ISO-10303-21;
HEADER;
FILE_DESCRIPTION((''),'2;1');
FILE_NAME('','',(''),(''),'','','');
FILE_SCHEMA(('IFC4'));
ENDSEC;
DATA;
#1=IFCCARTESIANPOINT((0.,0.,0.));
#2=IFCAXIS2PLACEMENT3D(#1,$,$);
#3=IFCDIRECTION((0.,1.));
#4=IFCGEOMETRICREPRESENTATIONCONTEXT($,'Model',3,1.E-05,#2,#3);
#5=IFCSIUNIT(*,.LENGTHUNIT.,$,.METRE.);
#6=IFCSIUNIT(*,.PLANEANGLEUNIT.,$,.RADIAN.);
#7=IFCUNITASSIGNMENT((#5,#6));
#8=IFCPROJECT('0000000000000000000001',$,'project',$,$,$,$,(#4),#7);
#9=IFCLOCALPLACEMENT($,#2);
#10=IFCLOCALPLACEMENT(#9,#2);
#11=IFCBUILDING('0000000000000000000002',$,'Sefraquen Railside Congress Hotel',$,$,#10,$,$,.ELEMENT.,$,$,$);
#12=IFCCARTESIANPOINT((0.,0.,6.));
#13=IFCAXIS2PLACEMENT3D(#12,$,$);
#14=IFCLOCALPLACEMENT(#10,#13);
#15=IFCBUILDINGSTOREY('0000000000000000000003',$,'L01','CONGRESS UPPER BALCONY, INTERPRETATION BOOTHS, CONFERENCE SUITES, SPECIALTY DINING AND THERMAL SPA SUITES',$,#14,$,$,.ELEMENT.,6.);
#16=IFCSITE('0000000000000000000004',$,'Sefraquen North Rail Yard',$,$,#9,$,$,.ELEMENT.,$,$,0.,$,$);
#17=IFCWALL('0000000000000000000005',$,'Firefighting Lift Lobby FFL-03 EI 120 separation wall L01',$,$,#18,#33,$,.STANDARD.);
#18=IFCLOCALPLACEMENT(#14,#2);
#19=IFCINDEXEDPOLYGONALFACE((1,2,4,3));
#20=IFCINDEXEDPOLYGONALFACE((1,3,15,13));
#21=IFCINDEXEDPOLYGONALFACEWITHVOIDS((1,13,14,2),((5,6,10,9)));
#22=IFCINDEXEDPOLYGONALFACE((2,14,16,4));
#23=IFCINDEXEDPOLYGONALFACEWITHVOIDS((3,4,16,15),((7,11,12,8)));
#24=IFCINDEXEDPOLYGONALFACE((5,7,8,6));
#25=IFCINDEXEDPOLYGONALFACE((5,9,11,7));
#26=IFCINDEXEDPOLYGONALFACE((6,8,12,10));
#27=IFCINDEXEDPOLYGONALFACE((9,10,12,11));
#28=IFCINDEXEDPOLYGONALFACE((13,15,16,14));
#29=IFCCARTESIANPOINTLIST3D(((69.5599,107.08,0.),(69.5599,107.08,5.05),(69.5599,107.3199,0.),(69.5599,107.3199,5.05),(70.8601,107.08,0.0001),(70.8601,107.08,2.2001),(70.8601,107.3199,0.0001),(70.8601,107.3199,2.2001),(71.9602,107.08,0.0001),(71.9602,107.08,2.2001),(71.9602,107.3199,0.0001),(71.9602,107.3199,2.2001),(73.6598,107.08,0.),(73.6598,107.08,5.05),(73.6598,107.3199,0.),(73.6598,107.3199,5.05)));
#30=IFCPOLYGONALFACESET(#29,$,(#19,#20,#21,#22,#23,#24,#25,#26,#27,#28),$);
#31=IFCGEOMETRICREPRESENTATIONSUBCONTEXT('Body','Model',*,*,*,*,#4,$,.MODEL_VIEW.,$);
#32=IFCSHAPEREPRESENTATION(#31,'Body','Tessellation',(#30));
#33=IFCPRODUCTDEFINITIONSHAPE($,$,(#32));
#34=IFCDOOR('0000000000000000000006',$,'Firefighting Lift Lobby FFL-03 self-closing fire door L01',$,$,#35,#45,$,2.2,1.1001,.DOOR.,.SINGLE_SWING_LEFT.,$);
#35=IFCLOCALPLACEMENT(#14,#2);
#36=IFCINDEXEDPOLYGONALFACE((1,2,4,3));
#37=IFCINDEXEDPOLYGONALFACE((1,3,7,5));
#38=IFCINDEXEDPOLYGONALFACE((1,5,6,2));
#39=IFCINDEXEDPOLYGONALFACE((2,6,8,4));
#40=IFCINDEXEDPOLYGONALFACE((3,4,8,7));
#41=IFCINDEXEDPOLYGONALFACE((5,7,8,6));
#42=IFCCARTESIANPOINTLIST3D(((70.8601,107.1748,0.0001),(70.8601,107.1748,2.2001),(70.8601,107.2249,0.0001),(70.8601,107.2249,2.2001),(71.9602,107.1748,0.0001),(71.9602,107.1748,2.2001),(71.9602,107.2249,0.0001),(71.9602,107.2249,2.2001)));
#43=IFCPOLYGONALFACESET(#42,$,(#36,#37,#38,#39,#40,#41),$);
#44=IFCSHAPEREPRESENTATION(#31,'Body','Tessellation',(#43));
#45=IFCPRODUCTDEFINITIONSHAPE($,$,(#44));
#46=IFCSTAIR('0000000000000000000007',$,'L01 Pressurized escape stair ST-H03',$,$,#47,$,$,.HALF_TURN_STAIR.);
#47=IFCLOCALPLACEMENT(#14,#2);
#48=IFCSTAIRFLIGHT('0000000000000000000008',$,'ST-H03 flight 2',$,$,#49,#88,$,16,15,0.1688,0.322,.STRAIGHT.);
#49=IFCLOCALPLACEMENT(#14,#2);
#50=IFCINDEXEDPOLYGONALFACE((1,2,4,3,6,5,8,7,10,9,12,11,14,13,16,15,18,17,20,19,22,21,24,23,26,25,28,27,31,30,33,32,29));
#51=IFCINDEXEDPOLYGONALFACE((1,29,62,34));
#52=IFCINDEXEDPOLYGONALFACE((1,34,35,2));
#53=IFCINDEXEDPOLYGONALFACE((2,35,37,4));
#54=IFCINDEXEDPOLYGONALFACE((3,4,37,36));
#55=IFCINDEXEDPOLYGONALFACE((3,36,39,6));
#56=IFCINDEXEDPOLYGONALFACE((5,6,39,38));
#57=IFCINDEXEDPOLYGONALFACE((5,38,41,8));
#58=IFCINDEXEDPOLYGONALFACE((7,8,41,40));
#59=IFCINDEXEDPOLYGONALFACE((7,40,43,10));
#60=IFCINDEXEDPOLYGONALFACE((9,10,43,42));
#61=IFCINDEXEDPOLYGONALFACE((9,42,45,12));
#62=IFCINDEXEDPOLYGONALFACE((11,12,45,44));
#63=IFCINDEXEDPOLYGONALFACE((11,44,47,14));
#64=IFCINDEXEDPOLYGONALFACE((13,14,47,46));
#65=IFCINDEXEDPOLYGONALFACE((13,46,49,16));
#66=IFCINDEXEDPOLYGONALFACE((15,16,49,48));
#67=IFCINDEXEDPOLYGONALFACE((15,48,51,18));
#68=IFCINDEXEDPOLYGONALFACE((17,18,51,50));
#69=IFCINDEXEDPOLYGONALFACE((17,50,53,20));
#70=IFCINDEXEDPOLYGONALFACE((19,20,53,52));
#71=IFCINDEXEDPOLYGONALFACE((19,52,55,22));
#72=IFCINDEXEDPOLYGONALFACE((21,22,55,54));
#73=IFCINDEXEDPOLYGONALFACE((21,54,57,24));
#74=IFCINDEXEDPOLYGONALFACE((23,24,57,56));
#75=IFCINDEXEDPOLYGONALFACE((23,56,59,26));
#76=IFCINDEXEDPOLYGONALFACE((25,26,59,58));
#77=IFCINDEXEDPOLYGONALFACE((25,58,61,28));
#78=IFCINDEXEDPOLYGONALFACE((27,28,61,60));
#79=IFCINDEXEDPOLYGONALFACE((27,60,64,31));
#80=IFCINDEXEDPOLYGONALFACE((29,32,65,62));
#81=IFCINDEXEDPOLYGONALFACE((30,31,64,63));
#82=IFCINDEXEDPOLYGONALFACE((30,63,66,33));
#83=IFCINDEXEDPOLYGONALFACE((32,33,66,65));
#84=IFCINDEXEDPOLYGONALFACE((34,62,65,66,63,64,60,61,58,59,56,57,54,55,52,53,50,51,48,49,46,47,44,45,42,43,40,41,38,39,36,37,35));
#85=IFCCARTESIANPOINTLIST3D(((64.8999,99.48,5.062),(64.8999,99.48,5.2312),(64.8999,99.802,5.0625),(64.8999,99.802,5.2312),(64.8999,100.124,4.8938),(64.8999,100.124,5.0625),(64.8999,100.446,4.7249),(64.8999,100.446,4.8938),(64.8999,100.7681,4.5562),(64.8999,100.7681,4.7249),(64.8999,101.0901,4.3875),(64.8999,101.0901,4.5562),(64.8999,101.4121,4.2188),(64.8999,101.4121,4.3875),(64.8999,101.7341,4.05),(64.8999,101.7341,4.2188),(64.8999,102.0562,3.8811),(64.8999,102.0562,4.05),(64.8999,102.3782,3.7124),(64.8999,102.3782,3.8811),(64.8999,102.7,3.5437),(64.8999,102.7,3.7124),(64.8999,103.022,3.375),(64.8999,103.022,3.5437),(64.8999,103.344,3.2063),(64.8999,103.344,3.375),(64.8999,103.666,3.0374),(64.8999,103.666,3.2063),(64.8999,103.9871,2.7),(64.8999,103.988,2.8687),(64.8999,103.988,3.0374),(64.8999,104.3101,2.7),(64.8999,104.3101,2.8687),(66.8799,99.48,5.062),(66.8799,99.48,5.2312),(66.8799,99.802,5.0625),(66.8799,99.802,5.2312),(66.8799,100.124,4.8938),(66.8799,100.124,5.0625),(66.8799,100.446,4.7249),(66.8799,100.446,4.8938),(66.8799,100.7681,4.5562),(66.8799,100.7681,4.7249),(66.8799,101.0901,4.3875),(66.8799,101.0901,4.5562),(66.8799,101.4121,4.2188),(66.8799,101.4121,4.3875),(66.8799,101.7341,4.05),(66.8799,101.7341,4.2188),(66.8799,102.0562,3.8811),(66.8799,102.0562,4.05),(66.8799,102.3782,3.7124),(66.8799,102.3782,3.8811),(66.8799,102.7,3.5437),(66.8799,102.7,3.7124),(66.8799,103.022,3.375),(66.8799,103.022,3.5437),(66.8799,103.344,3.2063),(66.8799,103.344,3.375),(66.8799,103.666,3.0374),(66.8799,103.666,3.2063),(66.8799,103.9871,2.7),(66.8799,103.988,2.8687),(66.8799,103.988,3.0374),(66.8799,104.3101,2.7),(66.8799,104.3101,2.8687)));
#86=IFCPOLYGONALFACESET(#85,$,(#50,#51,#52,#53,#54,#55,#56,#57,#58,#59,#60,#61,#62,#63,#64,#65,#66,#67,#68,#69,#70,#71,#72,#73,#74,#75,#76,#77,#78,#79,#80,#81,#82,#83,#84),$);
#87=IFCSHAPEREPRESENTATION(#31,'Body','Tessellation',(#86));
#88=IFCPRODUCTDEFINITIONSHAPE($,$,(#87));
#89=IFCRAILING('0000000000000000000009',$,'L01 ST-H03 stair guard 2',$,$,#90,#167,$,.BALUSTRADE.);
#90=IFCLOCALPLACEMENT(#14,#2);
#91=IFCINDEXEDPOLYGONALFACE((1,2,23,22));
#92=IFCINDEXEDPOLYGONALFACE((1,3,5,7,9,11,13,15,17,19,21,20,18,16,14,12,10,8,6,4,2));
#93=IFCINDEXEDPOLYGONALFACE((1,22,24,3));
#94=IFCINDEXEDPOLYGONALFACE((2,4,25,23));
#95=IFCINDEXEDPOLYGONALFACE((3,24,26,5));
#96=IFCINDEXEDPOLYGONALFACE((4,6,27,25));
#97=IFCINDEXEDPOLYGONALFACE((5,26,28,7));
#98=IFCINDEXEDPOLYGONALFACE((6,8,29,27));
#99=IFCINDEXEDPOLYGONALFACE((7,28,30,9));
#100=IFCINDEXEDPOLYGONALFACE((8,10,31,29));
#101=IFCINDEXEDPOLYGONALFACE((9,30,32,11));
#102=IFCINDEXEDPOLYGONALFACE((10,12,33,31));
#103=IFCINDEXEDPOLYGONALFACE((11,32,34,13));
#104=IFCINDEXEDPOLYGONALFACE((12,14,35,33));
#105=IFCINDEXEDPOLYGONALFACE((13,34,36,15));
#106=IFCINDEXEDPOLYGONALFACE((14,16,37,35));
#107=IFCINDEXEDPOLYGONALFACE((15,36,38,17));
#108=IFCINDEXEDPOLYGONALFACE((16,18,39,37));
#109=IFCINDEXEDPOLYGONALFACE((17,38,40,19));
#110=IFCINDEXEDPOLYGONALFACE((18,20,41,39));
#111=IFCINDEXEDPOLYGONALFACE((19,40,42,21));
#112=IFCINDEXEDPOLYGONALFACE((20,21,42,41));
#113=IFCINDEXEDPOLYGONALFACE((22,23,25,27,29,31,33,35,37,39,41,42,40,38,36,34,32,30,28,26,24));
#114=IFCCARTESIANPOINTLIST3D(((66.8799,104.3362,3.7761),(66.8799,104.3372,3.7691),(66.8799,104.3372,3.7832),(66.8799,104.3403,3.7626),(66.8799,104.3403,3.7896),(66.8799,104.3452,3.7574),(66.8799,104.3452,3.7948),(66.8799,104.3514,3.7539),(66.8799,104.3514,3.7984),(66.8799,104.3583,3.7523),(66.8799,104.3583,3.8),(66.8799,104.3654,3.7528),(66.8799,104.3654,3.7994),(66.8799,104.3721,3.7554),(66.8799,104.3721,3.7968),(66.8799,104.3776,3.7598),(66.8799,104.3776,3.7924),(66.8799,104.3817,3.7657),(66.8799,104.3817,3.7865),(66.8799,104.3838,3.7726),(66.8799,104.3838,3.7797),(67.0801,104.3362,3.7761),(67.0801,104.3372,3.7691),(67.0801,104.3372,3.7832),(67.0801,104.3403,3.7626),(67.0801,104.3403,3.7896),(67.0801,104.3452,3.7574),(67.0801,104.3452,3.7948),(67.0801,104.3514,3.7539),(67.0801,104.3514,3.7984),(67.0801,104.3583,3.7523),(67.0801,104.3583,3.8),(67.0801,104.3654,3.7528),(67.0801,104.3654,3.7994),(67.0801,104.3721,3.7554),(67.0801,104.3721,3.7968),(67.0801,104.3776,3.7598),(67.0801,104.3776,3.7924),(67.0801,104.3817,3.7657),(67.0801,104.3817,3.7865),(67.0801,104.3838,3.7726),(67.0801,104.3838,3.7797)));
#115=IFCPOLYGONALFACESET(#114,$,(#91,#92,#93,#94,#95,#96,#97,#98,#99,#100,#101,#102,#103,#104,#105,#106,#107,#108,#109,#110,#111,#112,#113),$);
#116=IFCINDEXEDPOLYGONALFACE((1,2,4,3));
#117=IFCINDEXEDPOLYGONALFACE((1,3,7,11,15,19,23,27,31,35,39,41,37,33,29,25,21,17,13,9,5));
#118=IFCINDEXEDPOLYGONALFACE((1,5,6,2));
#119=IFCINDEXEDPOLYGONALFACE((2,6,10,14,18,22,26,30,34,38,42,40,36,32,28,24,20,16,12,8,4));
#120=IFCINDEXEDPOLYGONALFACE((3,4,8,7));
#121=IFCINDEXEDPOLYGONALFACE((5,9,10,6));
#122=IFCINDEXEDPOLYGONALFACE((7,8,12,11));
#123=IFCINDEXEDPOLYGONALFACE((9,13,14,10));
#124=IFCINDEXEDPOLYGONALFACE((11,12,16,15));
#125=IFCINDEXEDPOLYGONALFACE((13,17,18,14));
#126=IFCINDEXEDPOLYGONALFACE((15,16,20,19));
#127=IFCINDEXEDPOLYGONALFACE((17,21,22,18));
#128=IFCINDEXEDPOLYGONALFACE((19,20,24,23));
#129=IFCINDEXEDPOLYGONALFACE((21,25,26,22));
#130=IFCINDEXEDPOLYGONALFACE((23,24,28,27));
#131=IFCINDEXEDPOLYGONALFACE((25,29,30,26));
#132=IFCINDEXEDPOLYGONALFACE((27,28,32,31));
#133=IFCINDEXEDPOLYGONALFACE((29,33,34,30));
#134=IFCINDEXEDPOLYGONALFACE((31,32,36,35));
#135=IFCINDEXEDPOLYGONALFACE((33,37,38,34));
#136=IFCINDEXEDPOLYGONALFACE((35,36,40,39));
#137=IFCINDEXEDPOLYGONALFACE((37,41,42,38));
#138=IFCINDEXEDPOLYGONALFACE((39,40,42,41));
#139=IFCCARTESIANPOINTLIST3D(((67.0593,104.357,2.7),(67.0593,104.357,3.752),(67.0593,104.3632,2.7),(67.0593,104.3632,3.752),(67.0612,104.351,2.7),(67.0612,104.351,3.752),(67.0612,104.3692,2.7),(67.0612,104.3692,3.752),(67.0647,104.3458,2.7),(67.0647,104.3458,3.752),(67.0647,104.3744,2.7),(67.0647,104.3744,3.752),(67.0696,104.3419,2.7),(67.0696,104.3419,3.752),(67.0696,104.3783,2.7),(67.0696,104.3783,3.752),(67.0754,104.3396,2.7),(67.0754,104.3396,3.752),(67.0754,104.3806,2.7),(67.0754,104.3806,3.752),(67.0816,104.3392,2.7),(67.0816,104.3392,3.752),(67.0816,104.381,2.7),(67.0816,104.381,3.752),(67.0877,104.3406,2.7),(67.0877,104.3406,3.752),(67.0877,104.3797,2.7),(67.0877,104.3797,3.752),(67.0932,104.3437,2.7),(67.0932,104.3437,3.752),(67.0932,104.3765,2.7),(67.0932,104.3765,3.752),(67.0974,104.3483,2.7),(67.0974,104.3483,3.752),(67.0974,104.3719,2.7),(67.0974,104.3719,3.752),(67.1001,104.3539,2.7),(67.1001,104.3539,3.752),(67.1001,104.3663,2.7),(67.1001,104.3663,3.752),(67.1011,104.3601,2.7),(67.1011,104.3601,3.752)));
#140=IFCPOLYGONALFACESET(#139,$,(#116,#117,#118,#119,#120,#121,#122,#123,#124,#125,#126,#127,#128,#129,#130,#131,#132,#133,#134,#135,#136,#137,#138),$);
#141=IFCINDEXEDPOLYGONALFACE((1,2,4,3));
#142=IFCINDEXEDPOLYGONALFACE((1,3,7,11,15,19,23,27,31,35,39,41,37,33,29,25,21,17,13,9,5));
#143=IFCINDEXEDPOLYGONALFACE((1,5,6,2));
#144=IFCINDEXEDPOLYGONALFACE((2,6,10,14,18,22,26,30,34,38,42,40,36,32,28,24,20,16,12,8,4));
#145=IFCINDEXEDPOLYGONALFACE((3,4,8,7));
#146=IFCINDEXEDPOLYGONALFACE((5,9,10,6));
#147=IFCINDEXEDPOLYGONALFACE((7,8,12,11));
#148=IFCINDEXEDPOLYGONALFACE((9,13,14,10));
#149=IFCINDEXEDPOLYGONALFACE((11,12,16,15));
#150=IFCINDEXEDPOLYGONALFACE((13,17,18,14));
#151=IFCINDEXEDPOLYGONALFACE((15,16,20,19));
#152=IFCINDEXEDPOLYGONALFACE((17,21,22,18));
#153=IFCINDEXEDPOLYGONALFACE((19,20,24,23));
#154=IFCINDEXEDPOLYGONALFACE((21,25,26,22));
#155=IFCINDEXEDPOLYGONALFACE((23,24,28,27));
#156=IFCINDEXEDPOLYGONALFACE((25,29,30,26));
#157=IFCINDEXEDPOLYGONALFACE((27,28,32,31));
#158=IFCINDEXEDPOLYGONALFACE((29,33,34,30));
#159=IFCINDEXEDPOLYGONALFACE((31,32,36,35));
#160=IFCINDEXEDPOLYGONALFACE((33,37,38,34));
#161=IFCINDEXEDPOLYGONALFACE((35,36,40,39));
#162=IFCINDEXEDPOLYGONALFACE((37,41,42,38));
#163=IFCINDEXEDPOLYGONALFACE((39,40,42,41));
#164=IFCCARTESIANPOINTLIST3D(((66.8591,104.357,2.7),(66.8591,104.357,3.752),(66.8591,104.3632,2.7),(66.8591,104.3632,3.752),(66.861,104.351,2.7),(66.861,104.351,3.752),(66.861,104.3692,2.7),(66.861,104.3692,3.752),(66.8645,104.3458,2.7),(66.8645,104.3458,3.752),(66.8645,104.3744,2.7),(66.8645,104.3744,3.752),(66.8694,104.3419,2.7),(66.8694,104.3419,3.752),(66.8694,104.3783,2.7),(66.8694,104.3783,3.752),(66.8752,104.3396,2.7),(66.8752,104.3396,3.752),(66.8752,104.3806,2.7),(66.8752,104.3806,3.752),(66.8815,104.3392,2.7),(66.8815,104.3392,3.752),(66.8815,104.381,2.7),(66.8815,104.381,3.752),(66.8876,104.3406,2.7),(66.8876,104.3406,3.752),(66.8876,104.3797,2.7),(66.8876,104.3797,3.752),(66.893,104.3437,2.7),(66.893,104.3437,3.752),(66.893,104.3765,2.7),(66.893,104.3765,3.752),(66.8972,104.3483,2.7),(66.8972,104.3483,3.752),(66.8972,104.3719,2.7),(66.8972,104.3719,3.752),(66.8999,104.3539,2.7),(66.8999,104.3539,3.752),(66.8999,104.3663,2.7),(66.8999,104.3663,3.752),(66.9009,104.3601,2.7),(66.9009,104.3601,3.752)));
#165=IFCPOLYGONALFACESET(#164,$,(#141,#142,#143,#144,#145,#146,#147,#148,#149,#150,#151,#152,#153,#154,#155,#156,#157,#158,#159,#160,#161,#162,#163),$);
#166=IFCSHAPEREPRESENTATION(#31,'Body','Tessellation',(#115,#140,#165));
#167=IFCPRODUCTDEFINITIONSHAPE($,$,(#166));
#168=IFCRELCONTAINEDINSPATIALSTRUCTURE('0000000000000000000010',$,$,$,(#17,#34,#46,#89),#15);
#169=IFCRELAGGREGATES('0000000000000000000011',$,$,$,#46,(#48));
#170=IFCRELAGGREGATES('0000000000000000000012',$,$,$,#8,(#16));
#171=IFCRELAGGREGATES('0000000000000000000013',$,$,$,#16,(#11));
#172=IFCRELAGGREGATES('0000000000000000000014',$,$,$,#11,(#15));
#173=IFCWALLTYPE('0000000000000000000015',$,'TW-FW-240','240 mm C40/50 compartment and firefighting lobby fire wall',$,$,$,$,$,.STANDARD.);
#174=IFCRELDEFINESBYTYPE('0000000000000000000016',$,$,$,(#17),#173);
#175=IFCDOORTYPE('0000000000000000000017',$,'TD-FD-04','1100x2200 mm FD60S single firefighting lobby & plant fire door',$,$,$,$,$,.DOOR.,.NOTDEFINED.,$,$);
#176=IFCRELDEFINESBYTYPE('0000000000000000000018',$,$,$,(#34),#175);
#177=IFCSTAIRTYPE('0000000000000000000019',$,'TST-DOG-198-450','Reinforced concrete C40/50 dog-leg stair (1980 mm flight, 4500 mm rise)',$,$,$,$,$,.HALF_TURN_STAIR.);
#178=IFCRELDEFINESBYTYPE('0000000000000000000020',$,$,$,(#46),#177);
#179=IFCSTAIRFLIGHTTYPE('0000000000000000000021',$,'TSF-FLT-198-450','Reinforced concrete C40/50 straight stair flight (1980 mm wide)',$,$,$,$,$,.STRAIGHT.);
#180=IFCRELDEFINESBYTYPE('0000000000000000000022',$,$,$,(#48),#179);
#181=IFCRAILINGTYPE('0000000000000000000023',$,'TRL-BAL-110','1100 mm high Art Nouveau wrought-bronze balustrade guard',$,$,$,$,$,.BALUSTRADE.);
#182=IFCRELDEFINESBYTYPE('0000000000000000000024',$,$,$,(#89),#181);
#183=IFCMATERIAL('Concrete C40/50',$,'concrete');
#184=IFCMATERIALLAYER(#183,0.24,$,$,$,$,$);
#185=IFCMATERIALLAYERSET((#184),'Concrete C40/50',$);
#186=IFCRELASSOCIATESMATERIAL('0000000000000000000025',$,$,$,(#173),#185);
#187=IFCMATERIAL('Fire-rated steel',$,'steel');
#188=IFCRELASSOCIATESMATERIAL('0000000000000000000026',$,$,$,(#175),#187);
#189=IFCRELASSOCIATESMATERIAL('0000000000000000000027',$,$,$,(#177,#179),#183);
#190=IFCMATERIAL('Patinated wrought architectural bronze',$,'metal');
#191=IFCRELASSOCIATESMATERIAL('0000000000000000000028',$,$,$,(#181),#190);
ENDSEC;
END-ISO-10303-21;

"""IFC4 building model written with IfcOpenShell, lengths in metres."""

from ifc_helpers import new_model, si_unit, direction, frame, frame_2d, origin, origin_2d, place, context, subcontext, project, spatial, polyline, rectangle, circle, outline, extrude, material, layer, layer_set, type_object, element, fill, aggregate, save


model = new_model("IFC4")

# Units and contexts
model_context = context("Model", 3, precision=1e-05, world=origin(), true_north=direction((0.0, 1.0)))
body_context = subcontext(model_context, "Body", "Model", "MODEL_VIEW")
ifc_project = project(units=[si_unit("LENGTHUNIT", "METRE"), si_unit("PLANEANGLEUNIT", "RADIAN")], contexts=[model_context])

# Site, building, storey
site_placement = place(None, origin())
site = spatial("IfcSite", under=ifc_project, at=site_placement, Name="Sefraquen North Rail Yard", CompositionType="ELEMENT", RefElevation=0.0)
building_placement = place(site_placement, origin())
building = spatial("IfcBuilding", under=site, at=building_placement, Name="Sefraquen Railside Congress Hotel", CompositionType="ELEMENT")
storey_placement = place(building_placement, frame((0.0, 0.0, 6.0)))
storey = spatial("IfcBuildingStorey", under=building, at=storey_placement, Name="L01", Description="CONGRESS UPPER BALCONY, INTERPRETATION BOOTHS, CONFERENCE SUITES, SPECIALTY DINING AND THERMAL SPA SUITES", CompositionType="ELEMENT", Elevation=6.0)

# Wall, opening, door
ifc_material_1 = material(Name="Concrete C40/50", Category="concrete")
ifc_layer_1 = layer(ifc_material_1, 0.24)
ifc_layer_set_1 = layer_set([ifc_layer_1], Name="Concrete C40/50")
wall_type_1 = type_object("IfcWallType", Name="TW-FW-240", Description="240 mm C40/50 compartment and firefighting lobby fire wall", PredefinedType="STANDARD", material=ifc_layer_set_1)
wall_1_placement = place(storey_placement, frame((69.5601, 107.2, 0.0), z_axis=(0.0, 0.0, 1.0), x_axis=(1.0, 0.0, 0.0)))
wall_1 = element("IfcWall", 1, at=wall_1_placement, inside=storey, type_object=wall_type_1, Name="Firefighting Lift Lobby FFL-03 EI 120 separation wall L01", PredefinedType="STANDARD", context=body_context, shape_type="SweptSolid", body=[
    extrude(rectangle(XDim=4.0999, YDim=0.24, at=frame_2d((2.0498, 0.0))), origin(), (0.0, 0.0, 1.0), 5.05),
])
opening_placement = place(wall_1_placement, frame((1.3, 0.0, 0.0)))
opening = element("IfcOpeningElement", 2, at=opening_placement, cuts=wall_1, PredefinedType="OPENING", context=body_context, shape_type="SweptSolid", body=[
    extrude(rectangle(XDim=1.1001, YDim=2.2, at=frame_2d((0.55, 1.1001))), frame((0.0, 0.1299, 0.0), z_axis=(0.0, -1.0, 0.0), x_axis=(1.0, 0.0, 0.0)), (0.0, 0.0, 1.0), 0.26),
])
ifc_material_2 = material(Name="Fire-rated steel", Category="steel")
door_type = type_object("IfcDoorType", Name="TD-FD-04", Description="1100x2200 mm FD60S single firefighting lobby & plant fire door", OperationType="NOTDEFINED", PredefinedType="DOOR", material=ifc_material_2)
door_placement = place(opening_placement, origin())
door = element("IfcDoor", 3, at=door_placement, inside=storey, type_object=door_type, Name="Firefighting Lift Lobby FFL-03 self-closing fire door L01", OperationType="SINGLE_SWING_LEFT", OverallHeight=2.2, OverallWidth=1.1001, PredefinedType="DOOR", context=body_context, shape_type="SweptSolid", body=[
    extrude(rectangle(XDim=1.1001, YDim=2.2, at=frame_2d((0.55, 1.1001))), frame((0.0, 0.0249, 0.0), z_axis=(0.0, -1.0, 0.0), x_axis=(1.0, 0.0, 0.0)), (0.0, 0.0, 1.0), 0.05),
])
fill(opening, door)

# Stair, stair flight
stair_type = type_object("IfcStairType", Name="TST-DOG-198-450", Description="Reinforced concrete C40/50 dog-leg stair (1980 mm flight, 4500 mm rise)", PredefinedType="HALF_TURN_STAIR", material=ifc_material_1)
stair_placement = place(storey_placement, origin())
stair = element("IfcStair", 4, at=stair_placement, inside=storey, type_object=stair_type, Name="L01 Pressurized escape stair ST-H03", PredefinedType="HALF_TURN_STAIR")
stair_flight_type = type_object("IfcStairFlightType", Name="TSF-FLT-198-450", Description="Reinforced concrete C40/50 straight stair flight (1980 mm wide)", PredefinedType="STRAIGHT", material=ifc_material_1)
stair_flight_placement = place(storey_placement, frame((65.8899, 104.3101, 2.7), z_axis=(0.0, 0.0, 1.0), x_axis=(0.0, -1.0, 0.0)))
stair_flight = element("IfcStairFlight", 5, at=stair_flight_placement, type_object=stair_flight_type, Name="ST-H03 flight 2", NumberOfRisers=16, NumberOfTreads=15, PredefinedType="STRAIGHT", RiserHeight=0.1688, TreadLength=0.322, context=body_context, shape_type="SweptSolid", body=[
    extrude(outline(polyline([(0.0, 0.0), (0.0, 0.1687), (0.322, 0.1687), (0.322, 0.3374), (0.644, 0.3374), (0.644, 0.5063), (0.9661, 0.5063), (0.9661, 0.675), (1.2881, 0.675), (1.2881, 0.8438), (1.6101, 0.8438), (1.6101, 1.0125), (1.9319, 1.0125), (1.9319, 1.1812), (2.2539, 1.1812), (2.2539, 1.3501), (2.5759, 1.3501), (2.5759, 1.5188), (2.8979, 1.5188), (2.8979, 1.6875), (3.22, 1.6875), (3.22, 1.8562), (3.542, 1.8562), (3.542, 2.0249), (3.864, 2.0249), (3.864, 2.1938), (4.186, 2.1938), (4.186, 2.3625), (4.5081, 2.3625), (4.5081, 2.5312), (4.8301, 2.5312), (4.8301, 2.7), (4.8301, 2.3621), (0.323, 0.0), (0.0, 0.0)])), frame((0.0, 0.99, 0.0), z_axis=(0.0, -1.0, 0.0), x_axis=(1.0, 0.0, 0.0)), (0.0, 0.0, 1.0), 1.98),
])
aggregate(stair, [stair_flight])

# Railing
ifc_material_3 = material(Name="Patinated wrought architectural bronze", Category="metal")
railing_type_1 = type_object("IfcRailingType", Name="TRL-BAL-110", Description="1100 mm high Art Nouveau wrought-bronze balustrade guard", PredefinedType="BALUSTRADE", material=ifc_material_3)
railing_1_placement = place(storey_placement, frame((67.0801, 104.3601, 2.7)))
element("IfcRailing", 6, at=railing_1_placement, inside=storey, type_object=railing_type_1, Name="L01 ST-H03 stair guard 2", PredefinedType="BALUSTRADE", context=body_context, shape_type="SweptSolid", body=[
    extrude(circle(Radius=0.0239, at=origin_2d()), frame((0.0, 0.0, 1.0762), z_axis=(-1.0, 0.0, 0.0), x_axis=(0.0, -1.0, 0.0)), (0.0, 0.0, 1.0), 0.2002),
    extrude(circle(Radius=0.021, at=origin_2d()), origin(), (0.0, 0.0, 1.0), 1.052),
    extrude(circle(Radius=0.021, at=origin_2d()), frame((-0.2002, 0.0, 0.0)), (0.0, 0.0, 1.0), 1.052),
])

save(model, "model.ifc")
